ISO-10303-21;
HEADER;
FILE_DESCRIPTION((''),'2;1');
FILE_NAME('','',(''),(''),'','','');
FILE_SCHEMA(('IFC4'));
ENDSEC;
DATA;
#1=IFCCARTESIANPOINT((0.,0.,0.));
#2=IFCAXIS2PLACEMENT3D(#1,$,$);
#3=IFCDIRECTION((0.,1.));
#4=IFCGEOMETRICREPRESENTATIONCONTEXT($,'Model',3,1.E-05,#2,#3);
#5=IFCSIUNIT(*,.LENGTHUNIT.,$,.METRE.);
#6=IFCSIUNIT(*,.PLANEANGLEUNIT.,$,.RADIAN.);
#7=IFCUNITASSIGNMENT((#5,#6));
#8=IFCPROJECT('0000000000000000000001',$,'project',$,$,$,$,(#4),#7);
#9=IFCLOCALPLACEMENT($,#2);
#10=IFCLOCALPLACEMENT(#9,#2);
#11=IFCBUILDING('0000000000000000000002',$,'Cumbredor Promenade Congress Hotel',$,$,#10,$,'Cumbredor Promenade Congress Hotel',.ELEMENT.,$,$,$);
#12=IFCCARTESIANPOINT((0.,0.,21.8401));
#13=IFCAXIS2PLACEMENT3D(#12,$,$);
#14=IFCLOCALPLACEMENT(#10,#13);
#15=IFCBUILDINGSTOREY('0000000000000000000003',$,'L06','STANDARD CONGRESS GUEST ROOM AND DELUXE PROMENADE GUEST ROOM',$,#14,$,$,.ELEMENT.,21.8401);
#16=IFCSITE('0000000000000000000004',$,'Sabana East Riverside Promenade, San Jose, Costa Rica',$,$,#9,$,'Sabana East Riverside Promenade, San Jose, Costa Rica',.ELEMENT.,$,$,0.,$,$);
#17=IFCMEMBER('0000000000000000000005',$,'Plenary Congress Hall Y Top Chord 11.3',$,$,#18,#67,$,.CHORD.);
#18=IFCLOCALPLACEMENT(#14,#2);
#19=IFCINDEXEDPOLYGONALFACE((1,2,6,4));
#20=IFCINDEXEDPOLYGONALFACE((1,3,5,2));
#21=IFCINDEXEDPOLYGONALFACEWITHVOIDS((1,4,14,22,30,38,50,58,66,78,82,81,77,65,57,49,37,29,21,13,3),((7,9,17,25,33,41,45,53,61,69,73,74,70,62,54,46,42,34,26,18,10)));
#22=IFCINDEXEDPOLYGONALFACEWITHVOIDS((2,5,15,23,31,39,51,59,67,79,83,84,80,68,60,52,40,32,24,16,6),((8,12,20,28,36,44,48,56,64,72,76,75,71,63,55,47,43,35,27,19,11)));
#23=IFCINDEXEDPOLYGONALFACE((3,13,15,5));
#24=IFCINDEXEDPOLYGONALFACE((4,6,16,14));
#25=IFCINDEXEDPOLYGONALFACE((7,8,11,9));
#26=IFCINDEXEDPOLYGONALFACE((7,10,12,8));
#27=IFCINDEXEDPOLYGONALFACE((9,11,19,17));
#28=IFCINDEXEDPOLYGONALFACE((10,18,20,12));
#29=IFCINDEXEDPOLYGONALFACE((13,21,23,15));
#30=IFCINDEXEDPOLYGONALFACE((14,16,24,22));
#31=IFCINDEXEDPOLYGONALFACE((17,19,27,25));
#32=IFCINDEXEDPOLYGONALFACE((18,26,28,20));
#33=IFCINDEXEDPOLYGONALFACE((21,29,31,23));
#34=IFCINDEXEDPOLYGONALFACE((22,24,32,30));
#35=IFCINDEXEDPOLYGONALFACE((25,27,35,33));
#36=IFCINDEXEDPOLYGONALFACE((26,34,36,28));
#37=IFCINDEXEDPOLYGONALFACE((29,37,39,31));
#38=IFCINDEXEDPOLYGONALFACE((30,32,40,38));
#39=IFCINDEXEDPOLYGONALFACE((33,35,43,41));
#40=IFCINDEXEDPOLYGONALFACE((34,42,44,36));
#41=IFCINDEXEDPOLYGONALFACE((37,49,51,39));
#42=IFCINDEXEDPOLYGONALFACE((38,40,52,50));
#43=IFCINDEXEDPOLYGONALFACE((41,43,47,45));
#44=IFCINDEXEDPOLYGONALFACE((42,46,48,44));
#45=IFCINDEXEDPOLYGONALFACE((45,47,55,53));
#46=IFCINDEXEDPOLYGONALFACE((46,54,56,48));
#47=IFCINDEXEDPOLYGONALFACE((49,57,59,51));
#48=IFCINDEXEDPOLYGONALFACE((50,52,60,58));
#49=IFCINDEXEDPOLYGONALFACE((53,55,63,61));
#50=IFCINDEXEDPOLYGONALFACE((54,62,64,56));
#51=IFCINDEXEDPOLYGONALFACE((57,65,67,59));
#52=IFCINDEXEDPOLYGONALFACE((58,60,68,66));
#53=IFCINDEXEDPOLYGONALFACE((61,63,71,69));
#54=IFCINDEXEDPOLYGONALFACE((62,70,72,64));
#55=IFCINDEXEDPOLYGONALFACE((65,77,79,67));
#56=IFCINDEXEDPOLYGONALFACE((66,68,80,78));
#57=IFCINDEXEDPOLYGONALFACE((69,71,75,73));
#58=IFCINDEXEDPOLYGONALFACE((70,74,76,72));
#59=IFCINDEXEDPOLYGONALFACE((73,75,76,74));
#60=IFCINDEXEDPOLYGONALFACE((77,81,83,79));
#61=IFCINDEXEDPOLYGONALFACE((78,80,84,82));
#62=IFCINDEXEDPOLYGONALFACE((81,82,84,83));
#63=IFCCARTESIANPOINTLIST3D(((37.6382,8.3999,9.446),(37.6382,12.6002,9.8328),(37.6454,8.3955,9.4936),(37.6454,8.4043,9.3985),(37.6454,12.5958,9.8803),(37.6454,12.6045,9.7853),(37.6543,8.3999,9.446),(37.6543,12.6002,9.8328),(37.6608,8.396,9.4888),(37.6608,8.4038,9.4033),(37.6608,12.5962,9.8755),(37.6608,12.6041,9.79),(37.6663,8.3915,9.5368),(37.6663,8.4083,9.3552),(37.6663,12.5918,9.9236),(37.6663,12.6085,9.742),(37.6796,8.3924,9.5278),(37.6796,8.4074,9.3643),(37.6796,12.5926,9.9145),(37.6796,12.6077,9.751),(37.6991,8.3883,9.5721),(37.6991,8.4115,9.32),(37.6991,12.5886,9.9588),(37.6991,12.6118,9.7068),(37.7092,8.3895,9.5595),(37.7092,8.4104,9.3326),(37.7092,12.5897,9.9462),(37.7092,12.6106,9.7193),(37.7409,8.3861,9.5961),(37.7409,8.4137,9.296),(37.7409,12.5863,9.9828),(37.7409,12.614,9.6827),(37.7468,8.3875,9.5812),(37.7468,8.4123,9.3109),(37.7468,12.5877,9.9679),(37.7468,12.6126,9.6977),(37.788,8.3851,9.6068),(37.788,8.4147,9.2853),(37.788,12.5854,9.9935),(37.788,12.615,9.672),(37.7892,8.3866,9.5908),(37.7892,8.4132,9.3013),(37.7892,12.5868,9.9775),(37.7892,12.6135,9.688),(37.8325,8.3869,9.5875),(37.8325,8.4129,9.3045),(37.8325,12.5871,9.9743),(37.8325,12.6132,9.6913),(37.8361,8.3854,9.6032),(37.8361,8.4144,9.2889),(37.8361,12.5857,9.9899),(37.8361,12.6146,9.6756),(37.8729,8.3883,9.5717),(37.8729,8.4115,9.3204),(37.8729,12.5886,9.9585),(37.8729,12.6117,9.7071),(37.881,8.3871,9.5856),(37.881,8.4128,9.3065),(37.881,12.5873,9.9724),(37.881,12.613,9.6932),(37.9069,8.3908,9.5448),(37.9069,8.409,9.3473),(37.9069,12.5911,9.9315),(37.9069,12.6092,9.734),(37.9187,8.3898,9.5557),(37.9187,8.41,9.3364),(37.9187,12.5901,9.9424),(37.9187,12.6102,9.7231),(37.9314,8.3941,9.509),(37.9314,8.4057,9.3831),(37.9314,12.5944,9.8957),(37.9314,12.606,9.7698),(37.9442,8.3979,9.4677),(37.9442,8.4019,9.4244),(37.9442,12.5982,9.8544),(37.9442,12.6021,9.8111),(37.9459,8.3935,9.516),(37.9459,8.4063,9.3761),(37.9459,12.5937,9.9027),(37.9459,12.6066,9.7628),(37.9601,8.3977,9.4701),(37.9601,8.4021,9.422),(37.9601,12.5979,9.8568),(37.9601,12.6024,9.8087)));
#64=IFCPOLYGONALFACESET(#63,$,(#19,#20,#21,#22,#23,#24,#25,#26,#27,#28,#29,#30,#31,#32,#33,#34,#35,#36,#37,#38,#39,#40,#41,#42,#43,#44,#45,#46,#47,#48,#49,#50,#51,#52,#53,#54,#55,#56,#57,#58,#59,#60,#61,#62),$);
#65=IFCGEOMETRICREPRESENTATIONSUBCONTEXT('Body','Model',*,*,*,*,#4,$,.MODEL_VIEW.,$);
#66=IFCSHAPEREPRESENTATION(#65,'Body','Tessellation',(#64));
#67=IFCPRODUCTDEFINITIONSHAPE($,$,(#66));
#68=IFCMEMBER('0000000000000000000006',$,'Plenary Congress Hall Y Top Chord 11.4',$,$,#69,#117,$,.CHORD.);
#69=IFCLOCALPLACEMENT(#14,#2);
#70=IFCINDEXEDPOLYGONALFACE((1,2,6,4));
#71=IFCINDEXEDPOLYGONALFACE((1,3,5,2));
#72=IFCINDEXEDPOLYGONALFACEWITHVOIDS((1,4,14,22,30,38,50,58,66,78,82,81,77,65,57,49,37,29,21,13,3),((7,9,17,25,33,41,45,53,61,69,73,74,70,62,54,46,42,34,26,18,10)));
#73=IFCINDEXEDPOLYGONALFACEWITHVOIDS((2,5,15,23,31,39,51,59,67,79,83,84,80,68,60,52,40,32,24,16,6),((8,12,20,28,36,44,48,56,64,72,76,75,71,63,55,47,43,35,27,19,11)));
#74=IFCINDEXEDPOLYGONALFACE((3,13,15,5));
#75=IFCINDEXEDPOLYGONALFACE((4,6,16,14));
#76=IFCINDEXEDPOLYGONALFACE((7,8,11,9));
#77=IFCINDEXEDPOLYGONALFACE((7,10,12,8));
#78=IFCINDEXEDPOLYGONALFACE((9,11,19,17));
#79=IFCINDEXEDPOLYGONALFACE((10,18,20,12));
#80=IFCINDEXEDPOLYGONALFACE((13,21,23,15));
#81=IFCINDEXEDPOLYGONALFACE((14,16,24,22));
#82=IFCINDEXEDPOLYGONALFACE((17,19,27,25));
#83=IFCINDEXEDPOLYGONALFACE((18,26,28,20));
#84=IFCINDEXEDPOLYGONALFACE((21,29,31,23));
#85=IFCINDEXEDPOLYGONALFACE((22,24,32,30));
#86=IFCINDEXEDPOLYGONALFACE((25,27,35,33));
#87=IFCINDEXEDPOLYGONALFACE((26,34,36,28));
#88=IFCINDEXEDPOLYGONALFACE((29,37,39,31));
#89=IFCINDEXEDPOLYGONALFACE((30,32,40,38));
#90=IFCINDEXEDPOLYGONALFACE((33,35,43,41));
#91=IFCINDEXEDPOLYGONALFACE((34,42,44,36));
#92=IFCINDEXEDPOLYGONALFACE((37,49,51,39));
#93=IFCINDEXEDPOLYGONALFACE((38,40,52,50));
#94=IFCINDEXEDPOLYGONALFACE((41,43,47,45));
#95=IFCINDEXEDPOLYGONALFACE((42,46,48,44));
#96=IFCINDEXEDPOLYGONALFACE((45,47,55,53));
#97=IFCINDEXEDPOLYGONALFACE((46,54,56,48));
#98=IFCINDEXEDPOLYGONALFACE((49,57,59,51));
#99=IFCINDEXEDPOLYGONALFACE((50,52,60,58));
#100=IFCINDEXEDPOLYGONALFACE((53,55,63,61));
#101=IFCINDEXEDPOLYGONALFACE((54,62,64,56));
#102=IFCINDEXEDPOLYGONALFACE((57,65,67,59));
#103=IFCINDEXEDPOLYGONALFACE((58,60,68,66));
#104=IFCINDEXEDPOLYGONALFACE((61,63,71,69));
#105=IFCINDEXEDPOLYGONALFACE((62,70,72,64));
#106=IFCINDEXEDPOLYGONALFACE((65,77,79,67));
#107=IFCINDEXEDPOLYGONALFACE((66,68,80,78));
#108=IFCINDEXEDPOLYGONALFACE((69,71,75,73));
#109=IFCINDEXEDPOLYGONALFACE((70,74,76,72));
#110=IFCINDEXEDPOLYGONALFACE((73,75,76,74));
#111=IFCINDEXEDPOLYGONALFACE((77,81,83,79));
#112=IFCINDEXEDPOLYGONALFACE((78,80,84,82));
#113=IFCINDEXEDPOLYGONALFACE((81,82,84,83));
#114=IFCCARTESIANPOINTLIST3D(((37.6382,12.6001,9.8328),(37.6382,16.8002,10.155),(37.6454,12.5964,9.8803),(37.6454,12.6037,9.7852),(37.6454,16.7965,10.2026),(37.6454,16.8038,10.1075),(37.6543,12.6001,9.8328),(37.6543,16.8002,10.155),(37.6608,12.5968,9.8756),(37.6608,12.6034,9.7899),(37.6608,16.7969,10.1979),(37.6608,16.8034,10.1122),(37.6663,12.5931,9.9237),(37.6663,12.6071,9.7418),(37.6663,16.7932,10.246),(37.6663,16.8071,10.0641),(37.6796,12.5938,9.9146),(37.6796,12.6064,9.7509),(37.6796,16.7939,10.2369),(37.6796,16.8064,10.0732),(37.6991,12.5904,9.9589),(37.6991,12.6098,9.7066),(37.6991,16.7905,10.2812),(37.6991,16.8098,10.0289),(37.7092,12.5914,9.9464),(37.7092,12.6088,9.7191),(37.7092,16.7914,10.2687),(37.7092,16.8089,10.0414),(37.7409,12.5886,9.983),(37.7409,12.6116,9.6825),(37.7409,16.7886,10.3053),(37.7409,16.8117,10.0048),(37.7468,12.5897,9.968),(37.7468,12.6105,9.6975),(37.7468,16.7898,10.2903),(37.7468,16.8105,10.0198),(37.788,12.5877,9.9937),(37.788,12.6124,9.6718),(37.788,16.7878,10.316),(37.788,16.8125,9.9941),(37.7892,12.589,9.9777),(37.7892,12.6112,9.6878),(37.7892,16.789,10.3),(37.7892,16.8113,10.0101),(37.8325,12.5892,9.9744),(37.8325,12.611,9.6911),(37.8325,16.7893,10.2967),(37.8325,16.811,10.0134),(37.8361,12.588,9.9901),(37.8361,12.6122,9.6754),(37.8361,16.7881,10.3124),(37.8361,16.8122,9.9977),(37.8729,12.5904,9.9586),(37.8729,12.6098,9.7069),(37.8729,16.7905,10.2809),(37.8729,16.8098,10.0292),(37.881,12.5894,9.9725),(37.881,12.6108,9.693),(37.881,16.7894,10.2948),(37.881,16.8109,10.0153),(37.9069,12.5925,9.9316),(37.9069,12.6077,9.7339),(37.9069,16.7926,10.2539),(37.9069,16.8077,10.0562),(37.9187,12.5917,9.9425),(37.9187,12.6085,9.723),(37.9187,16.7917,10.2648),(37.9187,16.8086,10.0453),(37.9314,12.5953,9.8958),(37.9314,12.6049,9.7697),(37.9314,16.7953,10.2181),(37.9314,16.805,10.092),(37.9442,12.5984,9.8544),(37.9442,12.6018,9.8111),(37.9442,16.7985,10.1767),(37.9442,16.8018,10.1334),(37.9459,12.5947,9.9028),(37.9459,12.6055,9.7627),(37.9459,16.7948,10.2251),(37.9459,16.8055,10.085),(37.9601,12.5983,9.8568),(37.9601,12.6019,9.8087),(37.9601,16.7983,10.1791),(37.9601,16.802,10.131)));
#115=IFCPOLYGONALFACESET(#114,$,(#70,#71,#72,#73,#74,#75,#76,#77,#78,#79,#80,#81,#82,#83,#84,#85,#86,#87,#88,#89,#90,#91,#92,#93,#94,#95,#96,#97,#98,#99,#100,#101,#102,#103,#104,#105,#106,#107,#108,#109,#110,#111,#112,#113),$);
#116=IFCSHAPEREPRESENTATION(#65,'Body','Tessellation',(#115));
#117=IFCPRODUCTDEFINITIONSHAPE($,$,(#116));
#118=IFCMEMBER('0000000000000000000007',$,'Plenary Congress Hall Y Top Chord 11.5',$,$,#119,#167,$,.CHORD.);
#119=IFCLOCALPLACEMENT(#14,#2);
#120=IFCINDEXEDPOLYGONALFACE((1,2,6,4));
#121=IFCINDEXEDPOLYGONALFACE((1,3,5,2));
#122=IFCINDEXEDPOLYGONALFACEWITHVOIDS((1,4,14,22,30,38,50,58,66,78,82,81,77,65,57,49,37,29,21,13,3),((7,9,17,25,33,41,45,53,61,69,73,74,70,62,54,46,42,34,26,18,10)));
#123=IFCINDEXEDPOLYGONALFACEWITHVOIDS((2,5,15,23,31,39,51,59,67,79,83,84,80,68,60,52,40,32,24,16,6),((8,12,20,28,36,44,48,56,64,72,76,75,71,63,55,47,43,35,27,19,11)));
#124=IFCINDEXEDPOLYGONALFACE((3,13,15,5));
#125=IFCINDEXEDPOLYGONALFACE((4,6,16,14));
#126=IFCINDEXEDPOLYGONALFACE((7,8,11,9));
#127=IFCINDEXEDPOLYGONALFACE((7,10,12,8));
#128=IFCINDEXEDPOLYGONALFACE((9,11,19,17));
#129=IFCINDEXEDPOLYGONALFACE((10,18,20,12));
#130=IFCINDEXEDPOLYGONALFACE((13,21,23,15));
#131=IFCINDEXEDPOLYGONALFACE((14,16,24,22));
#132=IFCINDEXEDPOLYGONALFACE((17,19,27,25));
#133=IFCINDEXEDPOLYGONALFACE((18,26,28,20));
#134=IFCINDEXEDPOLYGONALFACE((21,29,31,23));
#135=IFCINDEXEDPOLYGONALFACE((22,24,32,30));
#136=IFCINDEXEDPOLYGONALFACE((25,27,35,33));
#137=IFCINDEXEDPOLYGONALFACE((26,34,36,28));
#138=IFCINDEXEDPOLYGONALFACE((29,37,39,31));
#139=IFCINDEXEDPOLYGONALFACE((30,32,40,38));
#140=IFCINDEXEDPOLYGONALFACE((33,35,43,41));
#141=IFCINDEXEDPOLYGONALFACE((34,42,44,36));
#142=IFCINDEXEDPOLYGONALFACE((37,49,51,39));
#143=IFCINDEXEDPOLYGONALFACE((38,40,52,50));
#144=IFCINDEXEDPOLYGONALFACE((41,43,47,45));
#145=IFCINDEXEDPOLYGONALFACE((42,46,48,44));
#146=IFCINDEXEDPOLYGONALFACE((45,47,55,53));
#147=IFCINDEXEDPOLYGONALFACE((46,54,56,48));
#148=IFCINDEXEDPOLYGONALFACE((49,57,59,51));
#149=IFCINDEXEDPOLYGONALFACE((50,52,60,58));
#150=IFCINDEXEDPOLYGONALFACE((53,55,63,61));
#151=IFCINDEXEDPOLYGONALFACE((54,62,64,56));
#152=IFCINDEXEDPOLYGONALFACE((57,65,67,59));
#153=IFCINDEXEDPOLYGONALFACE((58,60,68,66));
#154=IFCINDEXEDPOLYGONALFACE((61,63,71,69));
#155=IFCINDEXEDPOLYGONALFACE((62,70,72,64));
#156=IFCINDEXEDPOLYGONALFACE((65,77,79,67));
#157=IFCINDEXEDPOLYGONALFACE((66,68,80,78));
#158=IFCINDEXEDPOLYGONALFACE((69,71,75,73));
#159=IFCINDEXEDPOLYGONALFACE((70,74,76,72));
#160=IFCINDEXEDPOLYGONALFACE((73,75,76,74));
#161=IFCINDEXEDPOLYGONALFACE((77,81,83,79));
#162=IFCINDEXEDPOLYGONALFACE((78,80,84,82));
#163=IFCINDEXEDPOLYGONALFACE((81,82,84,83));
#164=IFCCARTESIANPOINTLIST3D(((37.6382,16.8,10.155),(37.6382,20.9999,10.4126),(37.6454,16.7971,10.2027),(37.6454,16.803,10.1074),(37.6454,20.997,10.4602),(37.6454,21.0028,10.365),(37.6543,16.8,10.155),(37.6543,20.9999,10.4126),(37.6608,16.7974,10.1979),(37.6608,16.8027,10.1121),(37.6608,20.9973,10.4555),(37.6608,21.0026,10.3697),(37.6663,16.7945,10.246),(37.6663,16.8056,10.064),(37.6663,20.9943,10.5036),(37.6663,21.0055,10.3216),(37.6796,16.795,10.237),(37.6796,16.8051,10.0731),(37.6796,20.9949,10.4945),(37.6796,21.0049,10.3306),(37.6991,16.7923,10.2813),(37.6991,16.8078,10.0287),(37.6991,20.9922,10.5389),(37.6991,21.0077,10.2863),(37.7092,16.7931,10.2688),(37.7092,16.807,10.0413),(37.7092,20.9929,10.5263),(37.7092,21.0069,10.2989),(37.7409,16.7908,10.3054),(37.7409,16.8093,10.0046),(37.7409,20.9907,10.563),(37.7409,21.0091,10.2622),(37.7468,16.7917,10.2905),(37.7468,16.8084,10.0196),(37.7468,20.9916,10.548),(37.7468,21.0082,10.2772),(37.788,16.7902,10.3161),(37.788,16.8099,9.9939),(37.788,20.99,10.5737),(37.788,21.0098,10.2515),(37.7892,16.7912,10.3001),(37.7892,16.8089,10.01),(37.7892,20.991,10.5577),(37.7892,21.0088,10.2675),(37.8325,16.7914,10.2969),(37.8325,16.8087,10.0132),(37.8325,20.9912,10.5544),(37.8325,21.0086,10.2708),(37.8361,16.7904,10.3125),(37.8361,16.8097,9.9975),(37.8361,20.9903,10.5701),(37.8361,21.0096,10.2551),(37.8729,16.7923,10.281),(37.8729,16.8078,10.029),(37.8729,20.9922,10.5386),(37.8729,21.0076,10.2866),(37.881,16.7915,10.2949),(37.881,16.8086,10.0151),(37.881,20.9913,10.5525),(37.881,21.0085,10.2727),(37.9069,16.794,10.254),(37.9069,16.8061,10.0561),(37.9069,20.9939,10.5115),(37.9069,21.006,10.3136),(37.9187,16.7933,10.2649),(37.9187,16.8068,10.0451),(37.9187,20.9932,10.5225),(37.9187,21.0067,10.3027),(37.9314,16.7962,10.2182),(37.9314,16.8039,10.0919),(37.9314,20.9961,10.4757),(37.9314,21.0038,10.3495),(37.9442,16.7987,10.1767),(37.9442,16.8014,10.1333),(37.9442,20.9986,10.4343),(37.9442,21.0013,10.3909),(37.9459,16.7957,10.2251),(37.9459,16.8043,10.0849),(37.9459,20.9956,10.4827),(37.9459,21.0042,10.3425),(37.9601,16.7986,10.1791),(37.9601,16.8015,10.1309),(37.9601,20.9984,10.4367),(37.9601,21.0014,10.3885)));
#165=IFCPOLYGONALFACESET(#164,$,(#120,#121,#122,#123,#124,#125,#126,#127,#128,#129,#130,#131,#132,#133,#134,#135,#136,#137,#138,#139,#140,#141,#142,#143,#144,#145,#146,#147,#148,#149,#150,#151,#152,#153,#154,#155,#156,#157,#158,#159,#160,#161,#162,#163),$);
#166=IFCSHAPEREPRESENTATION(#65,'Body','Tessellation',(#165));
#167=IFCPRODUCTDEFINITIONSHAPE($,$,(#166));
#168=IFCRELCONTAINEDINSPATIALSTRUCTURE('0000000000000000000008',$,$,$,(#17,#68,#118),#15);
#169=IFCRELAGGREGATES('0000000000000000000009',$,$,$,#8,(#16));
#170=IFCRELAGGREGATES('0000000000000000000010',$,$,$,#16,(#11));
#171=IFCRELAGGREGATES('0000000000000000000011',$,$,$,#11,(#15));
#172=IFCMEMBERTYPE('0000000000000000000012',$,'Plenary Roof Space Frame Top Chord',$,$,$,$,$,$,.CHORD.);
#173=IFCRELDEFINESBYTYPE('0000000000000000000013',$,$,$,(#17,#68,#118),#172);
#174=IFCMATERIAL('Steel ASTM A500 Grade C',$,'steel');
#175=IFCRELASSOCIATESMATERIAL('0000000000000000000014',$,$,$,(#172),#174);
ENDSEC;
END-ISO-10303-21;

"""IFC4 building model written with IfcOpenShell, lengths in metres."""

from ifc_helpers import new_model, si_unit, direction, frame, origin, origin_2d, place, context, subcontext, project, spatial, hollow_circle, extrude, material, material_profile, profile_set, type_object, element, save


model = new_model("IFC4")

# Units and contexts
model_context = context("Model", 3, precision=1e-05, world=origin(), true_north=direction((0.0, 1.0)))
body_context = subcontext(model_context, "Body", "Model", "MODEL_VIEW")
ifc_project = project(units=[si_unit("LENGTHUNIT", "METRE"), si_unit("PLANEANGLEUNIT", "RADIAN")], contexts=[model_context])

# Site, building, storey
site_placement = place(None, origin())
site = spatial("IfcSite", under=ifc_project, at=site_placement, Name="Sabana East Riverside Promenade, San Jose, Costa Rica", LongName="Sabana East Riverside Promenade, San Jose, Costa Rica", CompositionType="ELEMENT", RefElevation=0.0)
building_placement = place(site_placement, origin())
building = spatial("IfcBuilding", under=site, at=building_placement, Name="Cumbredor Promenade Congress Hotel", LongName="Cumbredor Promenade Congress Hotel", CompositionType="ELEMENT")
storey_placement = place(building_placement, frame((0.0, 0.0, 21.8401)))
storey = spatial("IfcBuildingStorey", under=building, at=storey_placement, Name="L06", Description="STANDARD CONGRESS GUEST ROOM AND DELUXE PROMENADE GUEST ROOM", CompositionType="ELEMENT", Elevation=21.8401)

# Members
ifc_material_1 = material(Name="Steel ASTM A500 Grade C", Category="steel")
ifc_material_profile_1 = material_profile(ifc_material_1, hollow_circle(Radius=0.1619, WallThickness=0.0161, at=origin_2d()), Name="CHS 323.9x16")
ifc_profile_set_1 = profile_set([ifc_material_profile_1], Name="Steel ASTM A500 Grade C")
member_type_1 = type_object("IfcMemberType", Name="Plenary Roof Space Frame Top Chord", PredefinedType="CHORD", material=ifc_profile_set_1)
member_1_placement = place(storey_placement, frame((37.8, 8.3999, 9.446), z_axis=(0.0, 0.995788, 0.091684), x_axis=(-1.0, 0.0, 0.0)))
element("IfcMember", 1, at=member_1_placement, inside=storey, type_object=member_type_1, Name="Plenary Congress Hall Y Top Chord 11.3", PredefinedType="CHORD", context=body_context, shape_type="SweptSolid", body=[
    extrude(hollow_circle(Radius=0.1619, WallThickness=0.0161, at=origin_2d()), origin(), (0.0, 0.0, 1.0), 4.218),
])
member_2_placement = place(storey_placement, frame((37.8, 12.6001, 9.8328), z_axis=(0.0, 0.997069, 0.076506), x_axis=(-1.0, 0.0, 0.0)))
element("IfcMember", 2, at=member_2_placement, inside=storey, type_object=member_type_1, Name="Plenary Congress Hall Y Top Chord 11.4", PredefinedType="CHORD", context=body_context, shape_type="SweptSolid", body=[
    extrude(hollow_circle(Radius=0.1619, WallThickness=0.0161, at=origin_2d()), origin(), (0.0, 0.0, 1.0), 4.2124),
])
member_3_placement = place(storey_placement, frame((37.8, 16.8, 10.155), z_axis=(0.0, 0.998125, 0.061212), x_axis=(-1.0, 0.0, 0.0)))
element("IfcMember", 3, at=member_3_placement, inside=storey, type_object=member_type_1, Name="Plenary Congress Hall Y Top Chord 11.5", PredefinedType="CHORD", context=body_context, shape_type="SweptSolid", body=[
    extrude(hollow_circle(Radius=0.1619, WallThickness=0.0161, at=origin_2d()), origin(), (0.0, 0.0, 1.0), 4.2078),
])

save(model, "model.ifc")
